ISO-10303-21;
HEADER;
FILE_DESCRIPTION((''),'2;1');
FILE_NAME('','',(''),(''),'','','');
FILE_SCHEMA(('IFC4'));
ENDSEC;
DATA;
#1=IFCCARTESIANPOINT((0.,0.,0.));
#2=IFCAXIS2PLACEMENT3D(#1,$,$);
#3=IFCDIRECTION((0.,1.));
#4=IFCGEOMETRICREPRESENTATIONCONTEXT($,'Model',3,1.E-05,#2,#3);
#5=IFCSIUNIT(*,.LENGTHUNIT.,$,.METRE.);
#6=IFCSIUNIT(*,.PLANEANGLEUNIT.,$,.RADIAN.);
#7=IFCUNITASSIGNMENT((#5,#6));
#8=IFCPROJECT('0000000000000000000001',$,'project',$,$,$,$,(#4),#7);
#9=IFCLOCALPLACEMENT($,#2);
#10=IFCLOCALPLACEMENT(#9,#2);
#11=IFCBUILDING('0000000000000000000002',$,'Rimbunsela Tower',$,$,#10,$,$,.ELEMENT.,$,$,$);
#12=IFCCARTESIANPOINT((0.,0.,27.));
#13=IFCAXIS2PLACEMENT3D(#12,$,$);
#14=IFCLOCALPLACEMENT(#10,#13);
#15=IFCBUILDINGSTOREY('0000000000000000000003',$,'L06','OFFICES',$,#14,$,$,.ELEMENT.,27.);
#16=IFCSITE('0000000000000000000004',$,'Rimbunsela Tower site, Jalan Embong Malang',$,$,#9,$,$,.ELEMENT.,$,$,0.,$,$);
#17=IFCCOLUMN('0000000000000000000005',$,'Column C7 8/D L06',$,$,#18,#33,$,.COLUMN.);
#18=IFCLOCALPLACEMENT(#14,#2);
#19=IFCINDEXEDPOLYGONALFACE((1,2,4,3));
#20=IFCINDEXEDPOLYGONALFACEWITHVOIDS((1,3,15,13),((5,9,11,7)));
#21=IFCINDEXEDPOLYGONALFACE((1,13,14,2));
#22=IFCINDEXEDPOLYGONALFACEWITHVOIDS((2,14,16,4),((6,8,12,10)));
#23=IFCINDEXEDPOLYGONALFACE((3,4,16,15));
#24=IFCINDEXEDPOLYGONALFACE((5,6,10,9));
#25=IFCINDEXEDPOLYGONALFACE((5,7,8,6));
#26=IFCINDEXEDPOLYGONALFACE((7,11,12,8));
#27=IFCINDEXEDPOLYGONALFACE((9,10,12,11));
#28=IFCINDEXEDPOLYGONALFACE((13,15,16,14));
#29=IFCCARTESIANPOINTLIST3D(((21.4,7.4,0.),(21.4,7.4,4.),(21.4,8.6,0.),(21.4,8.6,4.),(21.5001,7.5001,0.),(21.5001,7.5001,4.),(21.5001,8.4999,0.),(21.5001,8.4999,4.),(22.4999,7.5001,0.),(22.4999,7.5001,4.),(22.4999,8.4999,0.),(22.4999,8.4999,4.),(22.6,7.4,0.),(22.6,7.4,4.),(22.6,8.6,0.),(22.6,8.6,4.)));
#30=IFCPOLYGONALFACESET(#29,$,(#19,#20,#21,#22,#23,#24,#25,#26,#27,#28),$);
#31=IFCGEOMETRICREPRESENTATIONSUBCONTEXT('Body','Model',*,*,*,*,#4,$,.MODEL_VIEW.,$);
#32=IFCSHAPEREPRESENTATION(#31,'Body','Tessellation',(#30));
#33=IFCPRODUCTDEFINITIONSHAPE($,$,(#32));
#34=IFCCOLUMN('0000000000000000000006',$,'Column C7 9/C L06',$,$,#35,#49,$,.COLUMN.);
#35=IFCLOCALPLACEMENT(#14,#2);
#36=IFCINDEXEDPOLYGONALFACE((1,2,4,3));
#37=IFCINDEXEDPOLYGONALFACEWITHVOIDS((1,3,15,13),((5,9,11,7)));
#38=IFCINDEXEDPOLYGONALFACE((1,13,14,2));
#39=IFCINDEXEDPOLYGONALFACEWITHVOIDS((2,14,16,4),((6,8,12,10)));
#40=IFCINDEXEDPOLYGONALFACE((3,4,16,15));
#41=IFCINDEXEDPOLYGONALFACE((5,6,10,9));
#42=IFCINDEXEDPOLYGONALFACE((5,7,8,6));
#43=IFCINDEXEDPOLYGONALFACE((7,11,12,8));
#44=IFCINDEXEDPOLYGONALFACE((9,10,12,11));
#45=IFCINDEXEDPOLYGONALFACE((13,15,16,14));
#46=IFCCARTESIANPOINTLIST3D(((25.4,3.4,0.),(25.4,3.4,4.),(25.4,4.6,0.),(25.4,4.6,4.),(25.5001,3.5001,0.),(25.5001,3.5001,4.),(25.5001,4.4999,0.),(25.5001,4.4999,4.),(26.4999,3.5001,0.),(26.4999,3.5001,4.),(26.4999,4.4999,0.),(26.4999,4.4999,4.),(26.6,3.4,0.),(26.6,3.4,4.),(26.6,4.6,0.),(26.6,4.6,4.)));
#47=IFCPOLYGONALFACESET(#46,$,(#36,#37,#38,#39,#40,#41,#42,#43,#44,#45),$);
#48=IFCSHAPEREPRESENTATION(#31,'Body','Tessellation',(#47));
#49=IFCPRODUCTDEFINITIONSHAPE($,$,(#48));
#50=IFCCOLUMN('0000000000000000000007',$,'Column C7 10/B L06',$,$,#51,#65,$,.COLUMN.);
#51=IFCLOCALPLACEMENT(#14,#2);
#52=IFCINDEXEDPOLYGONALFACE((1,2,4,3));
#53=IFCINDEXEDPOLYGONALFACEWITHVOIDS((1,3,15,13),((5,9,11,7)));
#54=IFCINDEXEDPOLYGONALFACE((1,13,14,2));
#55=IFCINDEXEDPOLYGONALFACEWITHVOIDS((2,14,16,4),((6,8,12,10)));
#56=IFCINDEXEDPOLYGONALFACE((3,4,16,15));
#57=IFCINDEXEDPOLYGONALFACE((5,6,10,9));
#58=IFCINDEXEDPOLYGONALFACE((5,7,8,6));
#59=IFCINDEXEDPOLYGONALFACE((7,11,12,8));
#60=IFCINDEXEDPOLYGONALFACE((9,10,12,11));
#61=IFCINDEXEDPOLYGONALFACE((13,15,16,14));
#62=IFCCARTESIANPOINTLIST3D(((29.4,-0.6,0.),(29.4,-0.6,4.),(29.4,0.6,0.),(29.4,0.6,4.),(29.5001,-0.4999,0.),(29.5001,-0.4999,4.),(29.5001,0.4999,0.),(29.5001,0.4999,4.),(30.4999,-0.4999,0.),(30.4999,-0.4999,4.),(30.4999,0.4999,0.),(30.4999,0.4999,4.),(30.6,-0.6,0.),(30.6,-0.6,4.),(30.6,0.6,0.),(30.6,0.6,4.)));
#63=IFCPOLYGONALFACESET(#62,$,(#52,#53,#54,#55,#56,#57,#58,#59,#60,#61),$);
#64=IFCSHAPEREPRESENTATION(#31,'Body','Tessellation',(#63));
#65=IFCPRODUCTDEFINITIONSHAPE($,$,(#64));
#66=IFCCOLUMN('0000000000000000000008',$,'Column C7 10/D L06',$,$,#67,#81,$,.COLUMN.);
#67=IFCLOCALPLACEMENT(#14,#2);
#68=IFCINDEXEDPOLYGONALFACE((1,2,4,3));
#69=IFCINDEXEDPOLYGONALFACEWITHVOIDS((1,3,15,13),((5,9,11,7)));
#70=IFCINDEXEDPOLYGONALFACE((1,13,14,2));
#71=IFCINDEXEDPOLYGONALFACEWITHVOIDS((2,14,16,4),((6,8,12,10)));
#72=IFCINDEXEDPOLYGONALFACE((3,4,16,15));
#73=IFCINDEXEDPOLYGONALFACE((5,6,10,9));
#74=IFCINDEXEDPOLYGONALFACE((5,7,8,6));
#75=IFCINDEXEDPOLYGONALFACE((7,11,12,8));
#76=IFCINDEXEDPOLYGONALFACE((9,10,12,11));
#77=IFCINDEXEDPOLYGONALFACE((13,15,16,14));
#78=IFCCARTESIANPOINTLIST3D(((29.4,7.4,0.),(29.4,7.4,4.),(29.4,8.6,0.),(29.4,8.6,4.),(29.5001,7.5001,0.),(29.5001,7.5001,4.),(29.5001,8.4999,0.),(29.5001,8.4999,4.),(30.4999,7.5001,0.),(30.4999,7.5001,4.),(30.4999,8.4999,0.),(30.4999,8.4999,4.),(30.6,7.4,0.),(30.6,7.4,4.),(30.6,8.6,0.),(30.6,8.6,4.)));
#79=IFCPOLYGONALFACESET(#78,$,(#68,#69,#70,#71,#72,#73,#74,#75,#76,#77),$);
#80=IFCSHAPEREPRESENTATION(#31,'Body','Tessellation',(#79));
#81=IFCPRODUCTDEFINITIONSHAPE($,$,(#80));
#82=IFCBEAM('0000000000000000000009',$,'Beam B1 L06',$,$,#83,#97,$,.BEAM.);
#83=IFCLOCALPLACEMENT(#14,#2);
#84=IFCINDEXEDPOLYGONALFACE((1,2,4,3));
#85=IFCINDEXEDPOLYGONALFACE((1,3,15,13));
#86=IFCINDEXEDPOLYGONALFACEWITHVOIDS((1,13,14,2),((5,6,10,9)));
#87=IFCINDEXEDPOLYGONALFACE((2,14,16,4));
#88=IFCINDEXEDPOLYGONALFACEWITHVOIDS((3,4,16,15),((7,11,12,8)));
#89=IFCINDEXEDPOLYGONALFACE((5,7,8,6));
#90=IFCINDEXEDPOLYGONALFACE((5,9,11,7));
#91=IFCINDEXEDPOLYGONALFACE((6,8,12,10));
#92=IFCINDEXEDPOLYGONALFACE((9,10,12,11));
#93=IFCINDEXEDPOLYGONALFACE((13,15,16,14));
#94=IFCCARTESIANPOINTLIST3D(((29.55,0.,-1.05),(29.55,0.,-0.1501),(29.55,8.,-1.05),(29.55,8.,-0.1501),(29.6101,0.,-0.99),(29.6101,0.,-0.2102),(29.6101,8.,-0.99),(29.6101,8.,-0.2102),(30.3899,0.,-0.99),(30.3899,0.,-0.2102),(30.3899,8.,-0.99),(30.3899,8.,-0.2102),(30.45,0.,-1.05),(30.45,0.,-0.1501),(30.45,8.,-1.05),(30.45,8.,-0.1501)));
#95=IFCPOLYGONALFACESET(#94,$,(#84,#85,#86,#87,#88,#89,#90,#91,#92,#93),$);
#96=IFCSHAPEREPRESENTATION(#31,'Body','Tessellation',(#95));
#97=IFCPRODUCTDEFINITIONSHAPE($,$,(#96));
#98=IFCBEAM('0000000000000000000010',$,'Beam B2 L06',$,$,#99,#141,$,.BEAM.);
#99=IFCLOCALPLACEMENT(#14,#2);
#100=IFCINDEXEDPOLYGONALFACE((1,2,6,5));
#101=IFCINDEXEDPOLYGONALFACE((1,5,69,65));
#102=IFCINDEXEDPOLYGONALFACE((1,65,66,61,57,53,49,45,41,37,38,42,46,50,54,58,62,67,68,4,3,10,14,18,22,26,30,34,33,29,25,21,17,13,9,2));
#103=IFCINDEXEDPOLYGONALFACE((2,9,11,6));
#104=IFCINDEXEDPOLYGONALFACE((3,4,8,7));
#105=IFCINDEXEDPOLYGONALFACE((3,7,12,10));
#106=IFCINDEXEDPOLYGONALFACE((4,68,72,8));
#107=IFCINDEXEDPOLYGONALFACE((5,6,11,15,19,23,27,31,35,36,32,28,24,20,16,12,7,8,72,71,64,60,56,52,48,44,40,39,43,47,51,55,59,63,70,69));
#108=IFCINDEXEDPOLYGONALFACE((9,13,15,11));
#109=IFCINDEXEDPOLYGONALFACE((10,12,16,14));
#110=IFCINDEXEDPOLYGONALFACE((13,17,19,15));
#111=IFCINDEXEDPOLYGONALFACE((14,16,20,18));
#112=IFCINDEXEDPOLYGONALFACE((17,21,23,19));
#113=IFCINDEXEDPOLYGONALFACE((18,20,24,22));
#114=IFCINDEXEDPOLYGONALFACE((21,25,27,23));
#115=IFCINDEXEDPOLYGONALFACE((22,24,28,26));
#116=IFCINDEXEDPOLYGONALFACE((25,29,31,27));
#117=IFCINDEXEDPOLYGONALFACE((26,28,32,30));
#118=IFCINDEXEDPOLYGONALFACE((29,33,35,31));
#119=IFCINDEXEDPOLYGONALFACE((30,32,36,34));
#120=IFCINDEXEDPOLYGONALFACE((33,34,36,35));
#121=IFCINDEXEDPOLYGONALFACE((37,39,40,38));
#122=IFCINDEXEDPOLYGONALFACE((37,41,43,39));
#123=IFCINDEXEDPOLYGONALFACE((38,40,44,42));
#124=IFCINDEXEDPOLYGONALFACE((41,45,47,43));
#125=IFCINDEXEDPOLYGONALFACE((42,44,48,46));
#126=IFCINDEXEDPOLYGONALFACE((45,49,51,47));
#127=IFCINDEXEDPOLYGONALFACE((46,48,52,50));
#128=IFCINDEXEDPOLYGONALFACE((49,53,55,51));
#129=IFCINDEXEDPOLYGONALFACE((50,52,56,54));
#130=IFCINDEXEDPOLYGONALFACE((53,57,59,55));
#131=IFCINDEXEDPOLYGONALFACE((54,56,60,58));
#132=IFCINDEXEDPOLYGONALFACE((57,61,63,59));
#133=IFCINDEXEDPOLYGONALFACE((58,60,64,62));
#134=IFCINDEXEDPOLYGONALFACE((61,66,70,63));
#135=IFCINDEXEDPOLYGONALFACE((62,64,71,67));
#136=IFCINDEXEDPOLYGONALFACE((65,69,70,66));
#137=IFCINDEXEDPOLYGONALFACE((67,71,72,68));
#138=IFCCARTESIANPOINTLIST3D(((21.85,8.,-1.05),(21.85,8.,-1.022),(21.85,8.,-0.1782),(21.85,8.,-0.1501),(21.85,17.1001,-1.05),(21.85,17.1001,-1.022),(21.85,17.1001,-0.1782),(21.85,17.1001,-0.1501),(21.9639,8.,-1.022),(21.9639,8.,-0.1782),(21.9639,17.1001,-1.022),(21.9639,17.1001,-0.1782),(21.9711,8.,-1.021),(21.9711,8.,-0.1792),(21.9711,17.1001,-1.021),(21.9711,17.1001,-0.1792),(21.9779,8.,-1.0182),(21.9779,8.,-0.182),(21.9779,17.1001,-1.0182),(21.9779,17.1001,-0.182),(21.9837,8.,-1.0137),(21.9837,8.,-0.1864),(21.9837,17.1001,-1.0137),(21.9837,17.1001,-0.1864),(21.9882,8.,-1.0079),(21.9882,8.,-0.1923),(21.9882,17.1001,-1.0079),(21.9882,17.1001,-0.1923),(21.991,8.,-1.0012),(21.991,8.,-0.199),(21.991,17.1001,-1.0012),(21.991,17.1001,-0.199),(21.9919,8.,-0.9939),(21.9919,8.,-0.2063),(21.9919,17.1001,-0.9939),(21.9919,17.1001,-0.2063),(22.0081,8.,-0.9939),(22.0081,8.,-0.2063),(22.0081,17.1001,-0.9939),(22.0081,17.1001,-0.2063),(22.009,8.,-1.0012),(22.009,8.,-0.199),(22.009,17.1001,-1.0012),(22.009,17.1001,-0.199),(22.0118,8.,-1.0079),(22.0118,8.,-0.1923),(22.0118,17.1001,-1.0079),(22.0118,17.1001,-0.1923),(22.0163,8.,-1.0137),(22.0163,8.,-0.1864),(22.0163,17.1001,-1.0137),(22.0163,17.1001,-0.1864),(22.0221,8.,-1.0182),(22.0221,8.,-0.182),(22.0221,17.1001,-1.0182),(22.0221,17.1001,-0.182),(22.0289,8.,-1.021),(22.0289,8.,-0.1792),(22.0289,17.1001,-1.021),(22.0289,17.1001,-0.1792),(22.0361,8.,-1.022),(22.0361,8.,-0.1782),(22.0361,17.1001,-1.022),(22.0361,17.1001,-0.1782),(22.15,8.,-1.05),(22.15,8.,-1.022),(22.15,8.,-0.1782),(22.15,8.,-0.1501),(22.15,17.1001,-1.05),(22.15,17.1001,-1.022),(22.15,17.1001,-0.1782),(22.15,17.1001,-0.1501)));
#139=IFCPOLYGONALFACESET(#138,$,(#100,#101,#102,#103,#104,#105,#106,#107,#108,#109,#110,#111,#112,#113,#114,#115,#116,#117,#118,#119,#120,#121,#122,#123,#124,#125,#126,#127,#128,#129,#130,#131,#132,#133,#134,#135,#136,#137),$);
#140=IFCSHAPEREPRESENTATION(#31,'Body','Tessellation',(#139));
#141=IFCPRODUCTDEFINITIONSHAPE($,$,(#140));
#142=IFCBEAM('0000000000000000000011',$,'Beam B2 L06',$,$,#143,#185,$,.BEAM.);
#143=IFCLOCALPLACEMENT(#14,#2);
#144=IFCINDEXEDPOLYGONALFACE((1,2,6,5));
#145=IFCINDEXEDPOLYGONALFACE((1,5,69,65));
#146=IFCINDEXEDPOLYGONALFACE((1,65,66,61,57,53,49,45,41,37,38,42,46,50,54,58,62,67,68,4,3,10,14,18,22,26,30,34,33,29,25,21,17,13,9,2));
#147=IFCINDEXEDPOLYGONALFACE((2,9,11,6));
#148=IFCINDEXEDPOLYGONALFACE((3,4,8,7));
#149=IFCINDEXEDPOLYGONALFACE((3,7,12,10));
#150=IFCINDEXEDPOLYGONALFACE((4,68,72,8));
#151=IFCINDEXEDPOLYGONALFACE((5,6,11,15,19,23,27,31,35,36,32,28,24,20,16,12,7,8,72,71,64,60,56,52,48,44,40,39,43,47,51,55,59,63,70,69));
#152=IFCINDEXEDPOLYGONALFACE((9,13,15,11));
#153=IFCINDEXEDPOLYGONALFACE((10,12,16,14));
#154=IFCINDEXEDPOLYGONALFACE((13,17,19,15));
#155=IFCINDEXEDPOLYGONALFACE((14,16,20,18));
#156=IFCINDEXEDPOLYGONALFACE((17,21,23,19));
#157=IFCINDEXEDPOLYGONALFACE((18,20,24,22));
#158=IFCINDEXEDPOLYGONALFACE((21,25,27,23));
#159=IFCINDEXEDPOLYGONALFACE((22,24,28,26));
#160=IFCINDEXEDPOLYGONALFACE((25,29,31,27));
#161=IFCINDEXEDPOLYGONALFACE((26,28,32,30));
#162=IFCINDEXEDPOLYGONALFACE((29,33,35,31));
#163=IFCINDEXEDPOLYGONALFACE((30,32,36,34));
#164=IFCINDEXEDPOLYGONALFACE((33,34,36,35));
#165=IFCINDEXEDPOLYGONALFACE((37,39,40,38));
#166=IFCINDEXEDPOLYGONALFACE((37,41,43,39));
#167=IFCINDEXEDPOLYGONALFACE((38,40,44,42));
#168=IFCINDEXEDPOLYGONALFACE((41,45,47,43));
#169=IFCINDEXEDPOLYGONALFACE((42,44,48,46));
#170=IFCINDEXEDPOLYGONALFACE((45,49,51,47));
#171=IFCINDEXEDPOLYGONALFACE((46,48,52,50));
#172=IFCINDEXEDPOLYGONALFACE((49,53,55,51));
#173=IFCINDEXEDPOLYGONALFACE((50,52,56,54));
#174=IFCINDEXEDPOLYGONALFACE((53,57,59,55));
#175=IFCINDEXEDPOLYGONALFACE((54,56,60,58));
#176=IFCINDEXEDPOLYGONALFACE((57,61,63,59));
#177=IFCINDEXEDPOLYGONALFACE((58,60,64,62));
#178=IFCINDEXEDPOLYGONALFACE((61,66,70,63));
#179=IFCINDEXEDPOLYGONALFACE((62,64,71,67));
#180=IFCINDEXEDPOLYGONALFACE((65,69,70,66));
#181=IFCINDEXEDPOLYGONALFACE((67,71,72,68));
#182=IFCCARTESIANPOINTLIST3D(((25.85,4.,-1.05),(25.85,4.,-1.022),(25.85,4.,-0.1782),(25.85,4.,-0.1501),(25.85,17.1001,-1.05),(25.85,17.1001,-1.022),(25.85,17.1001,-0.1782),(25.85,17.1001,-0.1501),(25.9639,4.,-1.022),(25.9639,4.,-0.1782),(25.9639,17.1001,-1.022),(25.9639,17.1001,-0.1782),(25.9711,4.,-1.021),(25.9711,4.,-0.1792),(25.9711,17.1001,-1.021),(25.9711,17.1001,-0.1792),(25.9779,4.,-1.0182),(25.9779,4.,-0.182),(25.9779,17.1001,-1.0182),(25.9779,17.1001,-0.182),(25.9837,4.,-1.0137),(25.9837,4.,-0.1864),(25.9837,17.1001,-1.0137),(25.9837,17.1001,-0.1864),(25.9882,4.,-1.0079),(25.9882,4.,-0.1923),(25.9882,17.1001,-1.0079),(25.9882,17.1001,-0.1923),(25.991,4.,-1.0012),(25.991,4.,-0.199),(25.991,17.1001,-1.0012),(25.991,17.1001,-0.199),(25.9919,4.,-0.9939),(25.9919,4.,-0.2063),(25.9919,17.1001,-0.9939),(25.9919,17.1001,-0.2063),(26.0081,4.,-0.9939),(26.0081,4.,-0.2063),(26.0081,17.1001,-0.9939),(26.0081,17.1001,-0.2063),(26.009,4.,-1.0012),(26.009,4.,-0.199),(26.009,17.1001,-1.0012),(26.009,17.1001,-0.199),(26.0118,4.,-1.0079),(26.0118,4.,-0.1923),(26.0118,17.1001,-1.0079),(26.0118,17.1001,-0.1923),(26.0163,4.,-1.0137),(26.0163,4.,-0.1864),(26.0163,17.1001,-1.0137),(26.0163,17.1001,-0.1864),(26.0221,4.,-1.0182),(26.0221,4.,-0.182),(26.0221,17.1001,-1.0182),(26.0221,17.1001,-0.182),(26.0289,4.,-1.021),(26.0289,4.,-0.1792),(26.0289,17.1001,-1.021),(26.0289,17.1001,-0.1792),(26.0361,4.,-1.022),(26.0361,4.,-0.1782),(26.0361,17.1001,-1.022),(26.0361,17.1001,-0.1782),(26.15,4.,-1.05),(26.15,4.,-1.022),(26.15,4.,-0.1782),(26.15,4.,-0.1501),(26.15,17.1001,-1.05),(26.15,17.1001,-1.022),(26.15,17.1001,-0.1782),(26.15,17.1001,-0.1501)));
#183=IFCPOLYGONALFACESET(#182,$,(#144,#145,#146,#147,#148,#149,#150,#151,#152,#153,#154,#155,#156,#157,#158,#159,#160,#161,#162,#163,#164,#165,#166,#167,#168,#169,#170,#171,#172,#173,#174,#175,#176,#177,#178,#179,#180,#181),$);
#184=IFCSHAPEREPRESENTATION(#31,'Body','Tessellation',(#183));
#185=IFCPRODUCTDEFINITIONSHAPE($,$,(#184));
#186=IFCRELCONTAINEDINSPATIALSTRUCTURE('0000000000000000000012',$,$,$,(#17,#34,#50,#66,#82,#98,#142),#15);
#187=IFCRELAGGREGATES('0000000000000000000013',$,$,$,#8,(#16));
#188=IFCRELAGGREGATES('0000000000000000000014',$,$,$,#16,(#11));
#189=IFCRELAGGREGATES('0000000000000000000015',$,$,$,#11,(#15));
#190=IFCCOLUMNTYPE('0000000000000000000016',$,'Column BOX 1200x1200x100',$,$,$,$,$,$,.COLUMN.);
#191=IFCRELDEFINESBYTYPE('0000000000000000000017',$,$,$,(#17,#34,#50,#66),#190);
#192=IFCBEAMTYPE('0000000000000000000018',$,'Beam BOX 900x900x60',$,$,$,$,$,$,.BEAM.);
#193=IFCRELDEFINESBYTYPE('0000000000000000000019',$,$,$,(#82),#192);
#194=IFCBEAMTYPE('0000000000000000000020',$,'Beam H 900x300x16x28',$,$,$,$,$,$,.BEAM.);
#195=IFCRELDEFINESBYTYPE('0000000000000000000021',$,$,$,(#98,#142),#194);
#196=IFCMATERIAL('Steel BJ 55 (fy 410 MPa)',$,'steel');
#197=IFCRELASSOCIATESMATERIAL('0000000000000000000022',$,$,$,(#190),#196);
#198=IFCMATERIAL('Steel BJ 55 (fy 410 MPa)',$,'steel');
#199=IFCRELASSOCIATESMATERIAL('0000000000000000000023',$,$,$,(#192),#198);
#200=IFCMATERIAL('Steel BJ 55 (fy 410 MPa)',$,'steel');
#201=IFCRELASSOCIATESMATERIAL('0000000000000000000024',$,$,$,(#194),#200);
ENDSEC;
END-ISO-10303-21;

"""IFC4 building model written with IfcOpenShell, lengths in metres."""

from ifc_helpers import new_model, si_unit, direction, frame, origin, origin_2d, place, context, subcontext, project, spatial, hollow_rectangle, i_section, extrude, material, material_profile, profile_set, type_object, element, save


model = new_model("IFC4")

# Units and contexts
model_context = context("Model", 3, precision=1e-05, world=origin(), true_north=direction((0.0, 1.0)))
body_context = subcontext(model_context, "Body", "Model", "MODEL_VIEW")
ifc_project = project(units=[si_unit("LENGTHUNIT", "METRE"), si_unit("PLANEANGLEUNIT", "RADIAN")], contexts=[model_context])

# Site, building, storey
site_placement = place(None, origin())
site = spatial("IfcSite", under=ifc_project, at=site_placement, Name="Rimbunsela Tower site, Jalan Embong Malang", CompositionType="ELEMENT", RefElevation=0.0)
building_placement = place(site_placement, origin())
building = spatial("IfcBuilding", under=site, at=building_placement, Name="Rimbunsela Tower", CompositionType="ELEMENT")
storey_placement = place(building_placement, frame((0.0, 0.0, 27.0)))
storey = spatial("IfcBuildingStorey", under=building, at=storey_placement, Name="L06", Description="OFFICES", CompositionType="ELEMENT", Elevation=27.0)

# Columns
ifc_material_1 = material(Name="Steel BJ 55 (fy 410 MPa)", Category="steel")
ifc_material_profile_1 = material_profile(ifc_material_1, hollow_rectangle(XDim=1.2, YDim=1.2, WallThickness=0.1001, at=origin_2d()), Name="BOX 1200x1200x100")
ifc_profile_set_1 = profile_set([ifc_material_profile_1], Name="Steel BJ 55 (fy 410 MPa)")
column_type = type_object("IfcColumnType", Name="Column BOX 1200x1200x100", PredefinedType="COLUMN", material=ifc_profile_set_1)
for number, where, z_axis, x_axis, name in (
    (1, (22.0, 8.0, 0.0), (0.0, 0.0, 1.0), (1.0, 0.0, 0.0), "Column C7 8/D L06"),
    (2, (26.0, 4.0, 0.0), (0.0, 0.0, 1.0), (1.0, 0.0, 0.0), "Column C7 9/C L06"),
    (3, (30.0, 0.0, 0.0), (0.0, 0.0, 1.0), (1.0, 0.0, 0.0), "Column C7 10/B L06"),
    (4, (30.0, 8.0, 0.0), (0.0, 0.0, 1.0), (1.0, 0.0, 0.0), "Column C7 10/D L06"),
):
    element("IfcColumn", number, at=place(storey_placement, frame(where, z_axis=z_axis, x_axis=x_axis)), inside=storey, type_object=column_type, Name=name, PredefinedType="COLUMN", context=body_context, shape_type="SweptSolid", body=[
        extrude(hollow_rectangle(XDim=1.2, YDim=1.2, WallThickness=0.1001, at=origin_2d()), origin(), (0.0, 0.0, 1.0), 4.0),
    ])

# Beams
ifc_material_2 = material(Name="Steel BJ 55 (fy 410 MPa)", Category="steel")
ifc_material_profile_2 = material_profile(ifc_material_2, hollow_rectangle(XDim=0.8999, YDim=0.8999, WallThickness=0.0601, at=origin_2d()), Name="BOX 900x900x60")
ifc_profile_set_2 = profile_set([ifc_material_profile_2], Name="Steel BJ 55 (fy 410 MPa)")
beam_type_1 = type_object("IfcBeamType", Name="Beam BOX 900x900x60", PredefinedType="BEAM", material=ifc_profile_set_2)
beam_1_placement = place(storey_placement, frame((30.0, 0.0, -0.6001), z_axis=(0.0, 1.0, 0.0), x_axis=(-1.0, 0.0, 0.0)))
element("IfcBeam", 5, at=beam_1_placement, inside=storey, type_object=beam_type_1, Name="Beam B1 L06", PredefinedType="BEAM", context=body_context, shape_type="SweptSolid", body=[
    extrude(hollow_rectangle(XDim=0.8999, YDim=0.8999, WallThickness=0.0601, at=origin_2d()), origin(), (0.0, 0.0, 1.0), 8.0),
])
ifc_material_3 = material(Name="Steel BJ 55 (fy 410 MPa)", Category="steel")
ifc_material_profile_3 = material_profile(ifc_material_3, i_section(OverallWidth=0.3, OverallDepth=0.8999, WebThickness=0.0161, FlangeThickness=0.0281, FilletRadius=0.0281, at=origin_2d()), Name="H 900x300x16x28")
ifc_profile_set_3 = profile_set([ifc_material_profile_3], Name="Steel BJ 55 (fy 410 MPa)")
beam_type_2 = type_object("IfcBeamType", Name="Beam H 900x300x16x28", PredefinedType="BEAM", material=ifc_profile_set_3)
beam_2_placement = place(storey_placement, frame((22.0, 8.0, -0.6001), z_axis=(0.0, 1.0, 0.0), x_axis=(-1.0, 0.0, 0.0)))
element("IfcBeam", 6, at=beam_2_placement, inside=storey, type_object=beam_type_2, Name="Beam B2 L06", PredefinedType="BEAM", context=body_context, shape_type="SweptSolid", body=[
    extrude(i_section(OverallWidth=0.3, OverallDepth=0.8999, WebThickness=0.0161, FlangeThickness=0.0281, FilletRadius=0.0281, at=origin_2d()), origin(), (0.0, 0.0, 1.0), 9.1001),
])
beam_3_placement = place(storey_placement, frame((26.0, 4.0, -0.6001), z_axis=(0.0, 1.0, 0.0), x_axis=(-1.0, 0.0, 0.0)))
element("IfcBeam", 7, at=beam_3_placement, inside=storey, type_object=beam_type_2, Name="Beam B2 L06", PredefinedType="BEAM", context=body_context, shape_type="SweptSolid", body=[
    extrude(i_section(OverallWidth=0.3, OverallDepth=0.8999, WebThickness=0.0161, FlangeThickness=0.0281, FilletRadius=0.0281, at=origin_2d()), origin(), (0.0, 0.0, 1.0), 13.1001),
])

save(model, "model.ifc")
